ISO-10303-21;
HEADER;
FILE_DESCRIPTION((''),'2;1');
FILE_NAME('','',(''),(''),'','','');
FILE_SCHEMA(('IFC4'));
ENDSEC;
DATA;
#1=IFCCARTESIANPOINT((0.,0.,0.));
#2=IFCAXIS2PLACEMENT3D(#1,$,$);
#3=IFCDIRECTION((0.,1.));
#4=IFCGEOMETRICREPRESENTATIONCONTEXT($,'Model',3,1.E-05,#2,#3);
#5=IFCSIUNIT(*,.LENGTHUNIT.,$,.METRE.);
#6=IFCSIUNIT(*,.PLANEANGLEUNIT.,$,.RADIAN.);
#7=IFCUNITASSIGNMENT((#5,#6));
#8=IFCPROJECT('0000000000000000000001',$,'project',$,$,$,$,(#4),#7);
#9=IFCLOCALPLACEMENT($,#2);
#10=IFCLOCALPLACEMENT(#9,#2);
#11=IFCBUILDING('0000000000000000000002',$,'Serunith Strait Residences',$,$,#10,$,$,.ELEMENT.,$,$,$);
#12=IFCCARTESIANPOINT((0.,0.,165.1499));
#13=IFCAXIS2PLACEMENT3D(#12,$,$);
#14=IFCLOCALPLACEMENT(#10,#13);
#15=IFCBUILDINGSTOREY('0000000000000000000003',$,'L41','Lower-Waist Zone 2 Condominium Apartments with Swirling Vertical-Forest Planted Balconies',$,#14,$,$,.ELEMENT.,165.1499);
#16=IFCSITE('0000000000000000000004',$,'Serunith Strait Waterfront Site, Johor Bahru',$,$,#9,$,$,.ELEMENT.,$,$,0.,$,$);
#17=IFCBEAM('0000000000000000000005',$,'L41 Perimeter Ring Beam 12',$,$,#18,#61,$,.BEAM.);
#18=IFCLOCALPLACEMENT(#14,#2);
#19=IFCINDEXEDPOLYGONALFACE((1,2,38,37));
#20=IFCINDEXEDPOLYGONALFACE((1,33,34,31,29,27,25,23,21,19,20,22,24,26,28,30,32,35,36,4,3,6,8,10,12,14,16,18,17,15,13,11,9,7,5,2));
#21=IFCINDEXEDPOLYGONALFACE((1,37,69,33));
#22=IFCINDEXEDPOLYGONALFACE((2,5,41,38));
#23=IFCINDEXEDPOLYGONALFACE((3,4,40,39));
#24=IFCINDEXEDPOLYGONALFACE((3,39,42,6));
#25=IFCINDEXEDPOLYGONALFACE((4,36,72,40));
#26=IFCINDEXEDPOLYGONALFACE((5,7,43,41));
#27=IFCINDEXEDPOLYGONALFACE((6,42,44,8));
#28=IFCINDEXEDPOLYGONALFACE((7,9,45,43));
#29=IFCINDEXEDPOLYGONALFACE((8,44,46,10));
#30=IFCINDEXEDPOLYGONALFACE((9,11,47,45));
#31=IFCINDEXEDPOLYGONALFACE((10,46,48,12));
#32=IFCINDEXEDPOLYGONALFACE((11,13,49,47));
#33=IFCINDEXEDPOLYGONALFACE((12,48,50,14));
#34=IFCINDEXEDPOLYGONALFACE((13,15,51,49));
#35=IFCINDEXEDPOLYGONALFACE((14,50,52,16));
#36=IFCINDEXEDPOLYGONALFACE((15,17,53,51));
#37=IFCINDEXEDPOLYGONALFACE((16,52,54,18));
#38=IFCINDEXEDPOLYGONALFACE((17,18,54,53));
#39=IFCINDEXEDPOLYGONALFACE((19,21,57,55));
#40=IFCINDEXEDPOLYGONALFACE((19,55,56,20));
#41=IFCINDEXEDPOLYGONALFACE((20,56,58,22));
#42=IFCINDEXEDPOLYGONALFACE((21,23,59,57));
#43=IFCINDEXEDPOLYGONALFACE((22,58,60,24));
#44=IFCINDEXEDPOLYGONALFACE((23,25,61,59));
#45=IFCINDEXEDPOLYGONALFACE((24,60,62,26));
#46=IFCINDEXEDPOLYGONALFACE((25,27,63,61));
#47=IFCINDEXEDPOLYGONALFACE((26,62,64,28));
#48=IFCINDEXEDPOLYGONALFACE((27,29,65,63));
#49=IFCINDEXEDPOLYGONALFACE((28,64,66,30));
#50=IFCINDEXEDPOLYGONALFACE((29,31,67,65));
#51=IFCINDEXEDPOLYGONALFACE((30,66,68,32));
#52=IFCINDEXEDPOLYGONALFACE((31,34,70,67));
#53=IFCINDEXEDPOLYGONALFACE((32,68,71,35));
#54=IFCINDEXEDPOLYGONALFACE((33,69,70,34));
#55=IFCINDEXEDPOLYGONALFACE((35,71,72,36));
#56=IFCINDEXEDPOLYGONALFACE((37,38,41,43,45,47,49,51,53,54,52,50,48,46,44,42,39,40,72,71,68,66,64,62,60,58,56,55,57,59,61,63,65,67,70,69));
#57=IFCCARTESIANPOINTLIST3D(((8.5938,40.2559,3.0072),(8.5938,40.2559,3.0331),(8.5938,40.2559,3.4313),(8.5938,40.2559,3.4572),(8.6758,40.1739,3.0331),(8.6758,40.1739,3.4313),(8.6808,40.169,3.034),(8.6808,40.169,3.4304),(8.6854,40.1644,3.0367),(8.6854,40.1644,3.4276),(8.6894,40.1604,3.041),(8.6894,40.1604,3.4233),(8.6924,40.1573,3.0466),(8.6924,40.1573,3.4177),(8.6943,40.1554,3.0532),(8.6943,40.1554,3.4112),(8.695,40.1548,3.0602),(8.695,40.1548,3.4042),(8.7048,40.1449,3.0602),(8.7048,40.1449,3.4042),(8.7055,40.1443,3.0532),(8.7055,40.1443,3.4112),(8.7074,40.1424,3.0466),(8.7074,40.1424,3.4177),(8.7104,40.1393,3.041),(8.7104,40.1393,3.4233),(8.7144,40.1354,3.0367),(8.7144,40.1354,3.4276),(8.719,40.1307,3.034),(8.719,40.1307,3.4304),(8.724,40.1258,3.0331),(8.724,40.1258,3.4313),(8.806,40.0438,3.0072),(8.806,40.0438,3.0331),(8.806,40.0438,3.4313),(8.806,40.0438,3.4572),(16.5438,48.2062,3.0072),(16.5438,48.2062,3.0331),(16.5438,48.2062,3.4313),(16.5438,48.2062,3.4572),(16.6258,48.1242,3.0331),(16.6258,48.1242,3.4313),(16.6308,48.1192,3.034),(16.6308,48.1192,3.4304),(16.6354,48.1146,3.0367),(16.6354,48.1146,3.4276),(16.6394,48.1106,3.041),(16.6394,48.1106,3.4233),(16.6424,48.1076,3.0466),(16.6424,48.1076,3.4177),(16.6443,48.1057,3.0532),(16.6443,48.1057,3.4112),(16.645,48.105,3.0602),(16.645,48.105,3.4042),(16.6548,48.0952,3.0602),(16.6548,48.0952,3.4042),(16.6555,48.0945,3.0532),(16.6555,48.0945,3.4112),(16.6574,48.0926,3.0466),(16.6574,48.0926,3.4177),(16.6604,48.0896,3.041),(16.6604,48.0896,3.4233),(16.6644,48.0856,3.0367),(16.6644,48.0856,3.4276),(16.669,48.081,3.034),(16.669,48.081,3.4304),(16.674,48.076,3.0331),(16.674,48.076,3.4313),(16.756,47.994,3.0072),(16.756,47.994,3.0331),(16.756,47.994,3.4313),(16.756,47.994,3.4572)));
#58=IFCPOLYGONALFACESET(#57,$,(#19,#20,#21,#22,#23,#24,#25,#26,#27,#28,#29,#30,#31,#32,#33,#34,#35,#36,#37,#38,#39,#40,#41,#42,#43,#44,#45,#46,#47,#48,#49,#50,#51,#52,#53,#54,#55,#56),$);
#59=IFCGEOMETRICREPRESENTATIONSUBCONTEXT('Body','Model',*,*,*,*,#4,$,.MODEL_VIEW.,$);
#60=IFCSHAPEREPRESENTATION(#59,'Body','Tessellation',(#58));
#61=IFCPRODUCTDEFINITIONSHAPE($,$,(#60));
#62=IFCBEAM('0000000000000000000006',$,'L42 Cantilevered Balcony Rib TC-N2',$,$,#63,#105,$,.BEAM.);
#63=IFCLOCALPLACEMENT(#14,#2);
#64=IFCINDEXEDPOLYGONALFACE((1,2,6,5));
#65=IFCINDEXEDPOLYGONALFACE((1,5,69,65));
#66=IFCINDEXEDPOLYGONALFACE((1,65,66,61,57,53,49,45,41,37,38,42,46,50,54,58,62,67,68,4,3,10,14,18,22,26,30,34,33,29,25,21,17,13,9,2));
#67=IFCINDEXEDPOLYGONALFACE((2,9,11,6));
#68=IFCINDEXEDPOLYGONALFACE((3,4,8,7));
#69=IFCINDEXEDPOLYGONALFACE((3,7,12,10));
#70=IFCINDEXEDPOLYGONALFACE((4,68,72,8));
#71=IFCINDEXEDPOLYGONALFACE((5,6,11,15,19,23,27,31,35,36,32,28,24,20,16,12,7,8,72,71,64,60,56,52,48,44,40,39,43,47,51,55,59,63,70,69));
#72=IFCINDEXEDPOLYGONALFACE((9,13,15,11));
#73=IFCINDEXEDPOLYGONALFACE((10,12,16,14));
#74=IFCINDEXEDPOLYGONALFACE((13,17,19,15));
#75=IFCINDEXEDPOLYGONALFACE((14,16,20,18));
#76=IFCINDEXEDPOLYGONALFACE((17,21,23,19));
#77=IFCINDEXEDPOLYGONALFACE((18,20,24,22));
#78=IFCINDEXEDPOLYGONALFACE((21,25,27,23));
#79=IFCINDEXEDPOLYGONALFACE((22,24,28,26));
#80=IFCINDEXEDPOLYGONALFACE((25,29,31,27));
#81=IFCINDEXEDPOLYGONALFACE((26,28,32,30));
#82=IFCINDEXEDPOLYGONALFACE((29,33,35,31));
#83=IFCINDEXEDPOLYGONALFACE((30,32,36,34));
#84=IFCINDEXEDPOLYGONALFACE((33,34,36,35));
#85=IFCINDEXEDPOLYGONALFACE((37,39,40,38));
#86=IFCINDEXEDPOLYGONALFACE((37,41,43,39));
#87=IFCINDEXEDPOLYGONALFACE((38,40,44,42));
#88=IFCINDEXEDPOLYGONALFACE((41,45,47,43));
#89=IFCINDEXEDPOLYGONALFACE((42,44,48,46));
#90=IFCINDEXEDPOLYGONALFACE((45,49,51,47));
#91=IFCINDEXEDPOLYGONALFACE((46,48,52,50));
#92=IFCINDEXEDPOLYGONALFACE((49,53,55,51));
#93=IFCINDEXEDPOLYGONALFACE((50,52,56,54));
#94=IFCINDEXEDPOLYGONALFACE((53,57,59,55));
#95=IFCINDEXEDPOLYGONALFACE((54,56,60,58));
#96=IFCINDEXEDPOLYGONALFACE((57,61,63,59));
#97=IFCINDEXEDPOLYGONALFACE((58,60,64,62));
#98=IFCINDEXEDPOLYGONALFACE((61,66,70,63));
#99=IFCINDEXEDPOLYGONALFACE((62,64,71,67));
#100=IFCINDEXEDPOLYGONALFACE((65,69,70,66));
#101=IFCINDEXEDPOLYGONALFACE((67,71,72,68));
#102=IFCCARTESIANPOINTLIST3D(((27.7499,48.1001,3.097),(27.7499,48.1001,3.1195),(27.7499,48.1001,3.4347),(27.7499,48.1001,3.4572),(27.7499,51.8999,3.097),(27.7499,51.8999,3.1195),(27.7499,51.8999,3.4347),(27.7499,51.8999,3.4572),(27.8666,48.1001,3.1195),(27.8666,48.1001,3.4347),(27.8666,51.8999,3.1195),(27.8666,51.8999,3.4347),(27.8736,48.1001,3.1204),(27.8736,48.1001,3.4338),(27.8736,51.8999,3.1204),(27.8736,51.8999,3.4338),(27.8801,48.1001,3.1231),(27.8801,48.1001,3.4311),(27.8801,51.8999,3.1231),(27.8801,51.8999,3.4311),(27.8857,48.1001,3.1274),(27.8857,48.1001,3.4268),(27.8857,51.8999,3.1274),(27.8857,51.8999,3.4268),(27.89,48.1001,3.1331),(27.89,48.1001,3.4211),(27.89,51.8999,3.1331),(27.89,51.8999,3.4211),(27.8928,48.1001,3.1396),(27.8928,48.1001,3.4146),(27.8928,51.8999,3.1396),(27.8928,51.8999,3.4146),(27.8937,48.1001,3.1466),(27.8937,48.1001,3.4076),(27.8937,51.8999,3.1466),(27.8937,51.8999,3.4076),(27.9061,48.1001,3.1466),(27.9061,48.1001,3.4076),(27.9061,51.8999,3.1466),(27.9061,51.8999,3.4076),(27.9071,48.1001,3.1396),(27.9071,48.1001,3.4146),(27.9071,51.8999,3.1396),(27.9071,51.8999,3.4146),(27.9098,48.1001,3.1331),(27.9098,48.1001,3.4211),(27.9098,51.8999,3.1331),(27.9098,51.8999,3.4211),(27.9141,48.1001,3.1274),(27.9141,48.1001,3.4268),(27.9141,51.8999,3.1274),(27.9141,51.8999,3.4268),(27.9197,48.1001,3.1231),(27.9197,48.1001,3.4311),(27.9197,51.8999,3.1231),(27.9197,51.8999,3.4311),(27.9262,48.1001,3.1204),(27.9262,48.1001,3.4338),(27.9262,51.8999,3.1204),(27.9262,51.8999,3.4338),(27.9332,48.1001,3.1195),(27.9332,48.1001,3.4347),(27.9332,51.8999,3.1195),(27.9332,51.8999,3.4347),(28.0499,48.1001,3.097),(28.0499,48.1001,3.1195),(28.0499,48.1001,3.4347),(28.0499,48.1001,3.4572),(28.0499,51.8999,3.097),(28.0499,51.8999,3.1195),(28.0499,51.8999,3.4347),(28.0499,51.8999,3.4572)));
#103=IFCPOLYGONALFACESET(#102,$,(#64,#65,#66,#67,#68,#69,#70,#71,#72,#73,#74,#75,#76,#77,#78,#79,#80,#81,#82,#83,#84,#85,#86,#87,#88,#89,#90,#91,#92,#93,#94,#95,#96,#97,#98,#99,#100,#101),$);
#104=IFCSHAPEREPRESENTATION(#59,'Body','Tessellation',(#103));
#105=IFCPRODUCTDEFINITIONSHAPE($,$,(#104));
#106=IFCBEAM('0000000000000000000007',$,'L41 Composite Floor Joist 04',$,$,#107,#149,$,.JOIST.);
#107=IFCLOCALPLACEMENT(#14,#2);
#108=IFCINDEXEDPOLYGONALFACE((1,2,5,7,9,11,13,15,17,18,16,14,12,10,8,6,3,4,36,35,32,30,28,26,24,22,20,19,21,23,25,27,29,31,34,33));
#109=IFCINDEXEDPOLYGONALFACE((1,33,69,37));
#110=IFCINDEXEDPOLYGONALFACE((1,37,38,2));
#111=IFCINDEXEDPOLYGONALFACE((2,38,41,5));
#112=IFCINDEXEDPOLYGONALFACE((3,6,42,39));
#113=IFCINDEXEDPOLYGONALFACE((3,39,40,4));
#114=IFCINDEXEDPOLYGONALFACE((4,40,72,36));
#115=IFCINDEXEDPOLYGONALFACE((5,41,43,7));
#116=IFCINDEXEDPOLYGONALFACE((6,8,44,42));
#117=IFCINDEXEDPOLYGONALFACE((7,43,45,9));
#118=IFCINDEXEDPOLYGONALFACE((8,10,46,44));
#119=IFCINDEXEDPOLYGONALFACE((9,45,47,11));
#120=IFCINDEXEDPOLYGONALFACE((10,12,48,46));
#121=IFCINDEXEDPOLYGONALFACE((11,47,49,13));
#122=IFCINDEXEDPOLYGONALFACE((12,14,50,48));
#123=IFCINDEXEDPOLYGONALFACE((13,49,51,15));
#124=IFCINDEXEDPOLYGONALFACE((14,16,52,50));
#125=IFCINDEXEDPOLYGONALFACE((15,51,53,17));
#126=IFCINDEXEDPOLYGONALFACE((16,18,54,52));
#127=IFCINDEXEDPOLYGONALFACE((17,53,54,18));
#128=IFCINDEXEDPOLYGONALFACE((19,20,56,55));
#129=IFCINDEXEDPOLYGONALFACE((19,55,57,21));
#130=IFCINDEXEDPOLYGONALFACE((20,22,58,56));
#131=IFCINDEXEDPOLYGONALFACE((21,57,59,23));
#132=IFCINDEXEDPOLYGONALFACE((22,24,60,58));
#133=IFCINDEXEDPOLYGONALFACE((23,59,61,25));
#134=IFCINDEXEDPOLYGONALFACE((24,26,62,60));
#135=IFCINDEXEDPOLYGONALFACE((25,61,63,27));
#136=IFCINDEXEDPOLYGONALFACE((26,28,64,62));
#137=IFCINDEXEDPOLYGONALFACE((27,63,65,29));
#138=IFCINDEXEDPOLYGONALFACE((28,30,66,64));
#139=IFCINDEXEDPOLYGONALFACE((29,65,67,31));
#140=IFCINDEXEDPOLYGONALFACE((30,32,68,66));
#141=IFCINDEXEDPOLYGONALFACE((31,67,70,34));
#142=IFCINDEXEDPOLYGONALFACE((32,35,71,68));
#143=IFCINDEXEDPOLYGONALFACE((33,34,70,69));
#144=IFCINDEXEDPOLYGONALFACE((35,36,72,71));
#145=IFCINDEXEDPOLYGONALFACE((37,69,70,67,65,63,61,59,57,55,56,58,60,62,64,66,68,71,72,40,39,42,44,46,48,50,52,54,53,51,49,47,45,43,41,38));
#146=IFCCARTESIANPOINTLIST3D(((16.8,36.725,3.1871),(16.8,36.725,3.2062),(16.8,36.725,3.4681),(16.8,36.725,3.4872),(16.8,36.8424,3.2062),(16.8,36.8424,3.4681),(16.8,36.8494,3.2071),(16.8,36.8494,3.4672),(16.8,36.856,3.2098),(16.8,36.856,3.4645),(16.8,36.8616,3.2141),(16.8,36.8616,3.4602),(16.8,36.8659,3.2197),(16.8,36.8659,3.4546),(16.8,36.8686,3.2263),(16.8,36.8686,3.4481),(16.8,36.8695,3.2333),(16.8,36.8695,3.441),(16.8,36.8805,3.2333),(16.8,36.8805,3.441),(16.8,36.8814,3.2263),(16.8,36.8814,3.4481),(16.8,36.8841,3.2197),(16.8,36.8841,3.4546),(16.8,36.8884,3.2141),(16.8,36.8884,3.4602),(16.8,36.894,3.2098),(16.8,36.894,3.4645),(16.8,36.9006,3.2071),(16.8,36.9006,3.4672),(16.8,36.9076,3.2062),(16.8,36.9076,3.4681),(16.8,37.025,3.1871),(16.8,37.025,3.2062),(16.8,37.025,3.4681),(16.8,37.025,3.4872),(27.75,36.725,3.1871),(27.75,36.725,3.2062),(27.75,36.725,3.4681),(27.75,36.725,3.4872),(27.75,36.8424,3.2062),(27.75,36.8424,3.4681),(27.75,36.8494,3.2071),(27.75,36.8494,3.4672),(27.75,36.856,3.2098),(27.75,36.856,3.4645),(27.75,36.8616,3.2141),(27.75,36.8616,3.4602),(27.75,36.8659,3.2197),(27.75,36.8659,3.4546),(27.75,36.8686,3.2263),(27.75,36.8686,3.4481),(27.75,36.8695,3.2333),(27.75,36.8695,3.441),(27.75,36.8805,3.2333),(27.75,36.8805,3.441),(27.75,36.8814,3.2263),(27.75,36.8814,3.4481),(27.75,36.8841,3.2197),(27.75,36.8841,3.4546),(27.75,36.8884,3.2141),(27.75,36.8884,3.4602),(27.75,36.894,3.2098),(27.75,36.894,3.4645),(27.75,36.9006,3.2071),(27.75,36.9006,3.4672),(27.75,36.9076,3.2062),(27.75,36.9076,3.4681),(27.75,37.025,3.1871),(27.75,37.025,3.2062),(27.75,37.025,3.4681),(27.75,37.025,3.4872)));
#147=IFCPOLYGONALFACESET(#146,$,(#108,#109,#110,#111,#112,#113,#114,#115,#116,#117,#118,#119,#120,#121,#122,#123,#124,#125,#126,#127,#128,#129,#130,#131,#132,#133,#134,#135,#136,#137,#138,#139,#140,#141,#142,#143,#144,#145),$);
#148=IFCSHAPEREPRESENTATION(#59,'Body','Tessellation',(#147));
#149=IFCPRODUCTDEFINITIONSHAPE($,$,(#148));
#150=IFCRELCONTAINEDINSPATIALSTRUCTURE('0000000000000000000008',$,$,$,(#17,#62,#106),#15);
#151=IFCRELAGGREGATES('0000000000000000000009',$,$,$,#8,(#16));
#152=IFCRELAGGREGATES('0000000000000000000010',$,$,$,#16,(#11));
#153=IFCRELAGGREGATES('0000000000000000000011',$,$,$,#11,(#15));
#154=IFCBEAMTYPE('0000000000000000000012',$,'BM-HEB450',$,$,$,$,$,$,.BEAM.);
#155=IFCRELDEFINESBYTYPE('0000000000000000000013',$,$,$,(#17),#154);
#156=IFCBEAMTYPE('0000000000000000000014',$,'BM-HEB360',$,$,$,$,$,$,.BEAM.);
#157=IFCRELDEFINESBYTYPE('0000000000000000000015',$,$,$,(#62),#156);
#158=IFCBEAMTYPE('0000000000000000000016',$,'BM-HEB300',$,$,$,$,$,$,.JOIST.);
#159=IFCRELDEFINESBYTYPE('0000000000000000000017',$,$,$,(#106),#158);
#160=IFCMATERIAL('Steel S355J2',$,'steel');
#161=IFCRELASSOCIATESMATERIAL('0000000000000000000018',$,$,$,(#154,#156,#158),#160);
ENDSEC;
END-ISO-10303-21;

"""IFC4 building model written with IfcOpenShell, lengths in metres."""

from ifc_helpers import new_model, si_unit, direction, frame, origin, origin_2d, place, context, subcontext, project, spatial, i_section, extrude, source, transform, mapped, material, material_profile, profile_set, type_object, element, save


model = new_model("IFC4")

# Units and contexts
model_context = context("Model", 3, precision=1e-05, world=origin(), true_north=direction((0.0, 1.0)))
body_context = subcontext(model_context, "Body", "Model", "MODEL_VIEW")
ifc_project = project(units=[si_unit("LENGTHUNIT", "METRE"), si_unit("PLANEANGLEUNIT", "RADIAN")], contexts=[model_context])

# Site, building, storey
site_placement = place(None, origin())
site = spatial("IfcSite", under=ifc_project, at=site_placement, Name="Serunith Strait Waterfront Site, Johor Bahru", CompositionType="ELEMENT", RefElevation=0.0)
building_placement = place(site_placement, origin())
building = spatial("IfcBuilding", under=site, at=building_placement, Name="Serunith Strait Residences", CompositionType="ELEMENT")
storey_placement = place(building_placement, frame((0.0, 0.0, 165.1499)))
storey = spatial("IfcBuildingStorey", under=building, at=storey_placement, Name="L41", Description="Lower-Waist Zone 2 Condominium Apartments with Swirling Vertical-Forest Planted Balconies", CompositionType="ELEMENT", Elevation=165.1499)

# Beams
ifc_material_1 = material(Name="Steel S355J2", Category="steel")
ifc_material_profile_1 = material_profile(ifc_material_1, i_section(OverallWidth=0.3, OverallDepth=0.45, WebThickness=0.0139, FlangeThickness=0.0259, FilletRadius=0.0271, at=origin_2d()), Name="HEB 450")
ifc_profile_set_1 = profile_set([ifc_material_profile_1], Name="Steel S355J2")
beam_type_1 = type_object("IfcBeamType", Name="BM-HEB450", PredefinedType="BEAM", material=ifc_profile_set_1)
shared_shape_1 = source(origin(), body_context, "Body", "SweptSolid", [
    extrude(i_section(OverallWidth=0.3, OverallDepth=0.45, WebThickness=0.0139, FlangeThickness=0.0259, FilletRadius=0.0271, at=origin_2d()), origin(), (0.0, 0.0, 1.0), 11.2432),
])
beam_1_placement = place(storey_placement, frame((16.6499, 48.1001, 3.2322), z_axis=(-0.707096, -0.707118, 0.0), x_axis=(0.707118, -0.707096, 0.0)))
element("IfcBeam", 1, at=beam_1_placement, inside=storey, type_object=beam_type_1, Name="L41 Perimeter Ring Beam 12", PredefinedType="BEAM", context=body_context, shape_type="MappedRepresentation", body=[
    mapped(shared_shape_1, transform((0.0, 0.0, 0.0), scale=1.0)),
])
ifc_material_profile_2 = material_profile(ifc_material_1, i_section(OverallWidth=0.3, OverallDepth=0.3601, WebThickness=0.0125, FlangeThickness=0.0225, FilletRadius=0.0271, at=origin_2d()), Name="HEB 360")
ifc_profile_set_2 = profile_set([ifc_material_profile_2], Name="Steel S355J2")
beam_type_2 = type_object("IfcBeamType", Name="BM-HEB360", PredefinedType="BEAM", material=ifc_profile_set_2)
shared_shape_2 = source(origin(), body_context, "Body", "SweptSolid", [
    extrude(i_section(OverallWidth=0.3, OverallDepth=0.3601, WebThickness=0.0125, FlangeThickness=0.0225, FilletRadius=0.0271, at=origin_2d()), origin(), (0.0, 0.0, 1.0), 3.7998),
])
beam_2_placement = place(storey_placement, frame((27.8999, 48.1001, 3.2771), z_axis=(0.0, 1.0, 0.0), x_axis=(-1.0, 0.0, 0.0)))
element("IfcBeam", 2, at=beam_2_placement, inside=storey, type_object=beam_type_2, Name="L42 Cantilevered Balcony Rib TC-N2", PredefinedType="BEAM", context=body_context, shape_type="MappedRepresentation", body=[
    mapped(shared_shape_2, transform((0.0, 0.0, 0.0), scale=1.0)),
])
ifc_material_profile_3 = material_profile(ifc_material_1, i_section(OverallWidth=0.3, OverallDepth=0.3, WebThickness=0.011, FlangeThickness=0.019, FilletRadius=0.0271, at=origin_2d()), Name="HEB 300")
ifc_profile_set_3 = profile_set([ifc_material_profile_3], Name="Steel S355J2")
beam_type_3 = type_object("IfcBeamType", Name="BM-HEB300", PredefinedType="JOIST", material=ifc_profile_set_3)
shared_shape_3 = source(origin(), body_context, "Body", "SweptSolid", [
    extrude(i_section(OverallWidth=0.3, OverallDepth=0.3, WebThickness=0.011, FlangeThickness=0.019, FilletRadius=0.0271, at=origin_2d()), origin(), (0.0, 0.0, 1.0), 10.95),
])
beam_3_placement = place(storey_placement, frame((16.8, 36.875, 3.3372), z_axis=(1.0, 0.0, 0.0), x_axis=(0.0, 1.0, 0.0)))
element("IfcBeam", 3, at=beam_3_placement, inside=storey, type_object=beam_type_3, Name="L41 Composite Floor Joist 04", PredefinedType="JOIST", context=body_context, shape_type="MappedRepresentation", body=[
    mapped(shared_shape_3, transform((0.0, 0.0, 0.0), scale=1.0)),
])

save(model, "model.ifc")
